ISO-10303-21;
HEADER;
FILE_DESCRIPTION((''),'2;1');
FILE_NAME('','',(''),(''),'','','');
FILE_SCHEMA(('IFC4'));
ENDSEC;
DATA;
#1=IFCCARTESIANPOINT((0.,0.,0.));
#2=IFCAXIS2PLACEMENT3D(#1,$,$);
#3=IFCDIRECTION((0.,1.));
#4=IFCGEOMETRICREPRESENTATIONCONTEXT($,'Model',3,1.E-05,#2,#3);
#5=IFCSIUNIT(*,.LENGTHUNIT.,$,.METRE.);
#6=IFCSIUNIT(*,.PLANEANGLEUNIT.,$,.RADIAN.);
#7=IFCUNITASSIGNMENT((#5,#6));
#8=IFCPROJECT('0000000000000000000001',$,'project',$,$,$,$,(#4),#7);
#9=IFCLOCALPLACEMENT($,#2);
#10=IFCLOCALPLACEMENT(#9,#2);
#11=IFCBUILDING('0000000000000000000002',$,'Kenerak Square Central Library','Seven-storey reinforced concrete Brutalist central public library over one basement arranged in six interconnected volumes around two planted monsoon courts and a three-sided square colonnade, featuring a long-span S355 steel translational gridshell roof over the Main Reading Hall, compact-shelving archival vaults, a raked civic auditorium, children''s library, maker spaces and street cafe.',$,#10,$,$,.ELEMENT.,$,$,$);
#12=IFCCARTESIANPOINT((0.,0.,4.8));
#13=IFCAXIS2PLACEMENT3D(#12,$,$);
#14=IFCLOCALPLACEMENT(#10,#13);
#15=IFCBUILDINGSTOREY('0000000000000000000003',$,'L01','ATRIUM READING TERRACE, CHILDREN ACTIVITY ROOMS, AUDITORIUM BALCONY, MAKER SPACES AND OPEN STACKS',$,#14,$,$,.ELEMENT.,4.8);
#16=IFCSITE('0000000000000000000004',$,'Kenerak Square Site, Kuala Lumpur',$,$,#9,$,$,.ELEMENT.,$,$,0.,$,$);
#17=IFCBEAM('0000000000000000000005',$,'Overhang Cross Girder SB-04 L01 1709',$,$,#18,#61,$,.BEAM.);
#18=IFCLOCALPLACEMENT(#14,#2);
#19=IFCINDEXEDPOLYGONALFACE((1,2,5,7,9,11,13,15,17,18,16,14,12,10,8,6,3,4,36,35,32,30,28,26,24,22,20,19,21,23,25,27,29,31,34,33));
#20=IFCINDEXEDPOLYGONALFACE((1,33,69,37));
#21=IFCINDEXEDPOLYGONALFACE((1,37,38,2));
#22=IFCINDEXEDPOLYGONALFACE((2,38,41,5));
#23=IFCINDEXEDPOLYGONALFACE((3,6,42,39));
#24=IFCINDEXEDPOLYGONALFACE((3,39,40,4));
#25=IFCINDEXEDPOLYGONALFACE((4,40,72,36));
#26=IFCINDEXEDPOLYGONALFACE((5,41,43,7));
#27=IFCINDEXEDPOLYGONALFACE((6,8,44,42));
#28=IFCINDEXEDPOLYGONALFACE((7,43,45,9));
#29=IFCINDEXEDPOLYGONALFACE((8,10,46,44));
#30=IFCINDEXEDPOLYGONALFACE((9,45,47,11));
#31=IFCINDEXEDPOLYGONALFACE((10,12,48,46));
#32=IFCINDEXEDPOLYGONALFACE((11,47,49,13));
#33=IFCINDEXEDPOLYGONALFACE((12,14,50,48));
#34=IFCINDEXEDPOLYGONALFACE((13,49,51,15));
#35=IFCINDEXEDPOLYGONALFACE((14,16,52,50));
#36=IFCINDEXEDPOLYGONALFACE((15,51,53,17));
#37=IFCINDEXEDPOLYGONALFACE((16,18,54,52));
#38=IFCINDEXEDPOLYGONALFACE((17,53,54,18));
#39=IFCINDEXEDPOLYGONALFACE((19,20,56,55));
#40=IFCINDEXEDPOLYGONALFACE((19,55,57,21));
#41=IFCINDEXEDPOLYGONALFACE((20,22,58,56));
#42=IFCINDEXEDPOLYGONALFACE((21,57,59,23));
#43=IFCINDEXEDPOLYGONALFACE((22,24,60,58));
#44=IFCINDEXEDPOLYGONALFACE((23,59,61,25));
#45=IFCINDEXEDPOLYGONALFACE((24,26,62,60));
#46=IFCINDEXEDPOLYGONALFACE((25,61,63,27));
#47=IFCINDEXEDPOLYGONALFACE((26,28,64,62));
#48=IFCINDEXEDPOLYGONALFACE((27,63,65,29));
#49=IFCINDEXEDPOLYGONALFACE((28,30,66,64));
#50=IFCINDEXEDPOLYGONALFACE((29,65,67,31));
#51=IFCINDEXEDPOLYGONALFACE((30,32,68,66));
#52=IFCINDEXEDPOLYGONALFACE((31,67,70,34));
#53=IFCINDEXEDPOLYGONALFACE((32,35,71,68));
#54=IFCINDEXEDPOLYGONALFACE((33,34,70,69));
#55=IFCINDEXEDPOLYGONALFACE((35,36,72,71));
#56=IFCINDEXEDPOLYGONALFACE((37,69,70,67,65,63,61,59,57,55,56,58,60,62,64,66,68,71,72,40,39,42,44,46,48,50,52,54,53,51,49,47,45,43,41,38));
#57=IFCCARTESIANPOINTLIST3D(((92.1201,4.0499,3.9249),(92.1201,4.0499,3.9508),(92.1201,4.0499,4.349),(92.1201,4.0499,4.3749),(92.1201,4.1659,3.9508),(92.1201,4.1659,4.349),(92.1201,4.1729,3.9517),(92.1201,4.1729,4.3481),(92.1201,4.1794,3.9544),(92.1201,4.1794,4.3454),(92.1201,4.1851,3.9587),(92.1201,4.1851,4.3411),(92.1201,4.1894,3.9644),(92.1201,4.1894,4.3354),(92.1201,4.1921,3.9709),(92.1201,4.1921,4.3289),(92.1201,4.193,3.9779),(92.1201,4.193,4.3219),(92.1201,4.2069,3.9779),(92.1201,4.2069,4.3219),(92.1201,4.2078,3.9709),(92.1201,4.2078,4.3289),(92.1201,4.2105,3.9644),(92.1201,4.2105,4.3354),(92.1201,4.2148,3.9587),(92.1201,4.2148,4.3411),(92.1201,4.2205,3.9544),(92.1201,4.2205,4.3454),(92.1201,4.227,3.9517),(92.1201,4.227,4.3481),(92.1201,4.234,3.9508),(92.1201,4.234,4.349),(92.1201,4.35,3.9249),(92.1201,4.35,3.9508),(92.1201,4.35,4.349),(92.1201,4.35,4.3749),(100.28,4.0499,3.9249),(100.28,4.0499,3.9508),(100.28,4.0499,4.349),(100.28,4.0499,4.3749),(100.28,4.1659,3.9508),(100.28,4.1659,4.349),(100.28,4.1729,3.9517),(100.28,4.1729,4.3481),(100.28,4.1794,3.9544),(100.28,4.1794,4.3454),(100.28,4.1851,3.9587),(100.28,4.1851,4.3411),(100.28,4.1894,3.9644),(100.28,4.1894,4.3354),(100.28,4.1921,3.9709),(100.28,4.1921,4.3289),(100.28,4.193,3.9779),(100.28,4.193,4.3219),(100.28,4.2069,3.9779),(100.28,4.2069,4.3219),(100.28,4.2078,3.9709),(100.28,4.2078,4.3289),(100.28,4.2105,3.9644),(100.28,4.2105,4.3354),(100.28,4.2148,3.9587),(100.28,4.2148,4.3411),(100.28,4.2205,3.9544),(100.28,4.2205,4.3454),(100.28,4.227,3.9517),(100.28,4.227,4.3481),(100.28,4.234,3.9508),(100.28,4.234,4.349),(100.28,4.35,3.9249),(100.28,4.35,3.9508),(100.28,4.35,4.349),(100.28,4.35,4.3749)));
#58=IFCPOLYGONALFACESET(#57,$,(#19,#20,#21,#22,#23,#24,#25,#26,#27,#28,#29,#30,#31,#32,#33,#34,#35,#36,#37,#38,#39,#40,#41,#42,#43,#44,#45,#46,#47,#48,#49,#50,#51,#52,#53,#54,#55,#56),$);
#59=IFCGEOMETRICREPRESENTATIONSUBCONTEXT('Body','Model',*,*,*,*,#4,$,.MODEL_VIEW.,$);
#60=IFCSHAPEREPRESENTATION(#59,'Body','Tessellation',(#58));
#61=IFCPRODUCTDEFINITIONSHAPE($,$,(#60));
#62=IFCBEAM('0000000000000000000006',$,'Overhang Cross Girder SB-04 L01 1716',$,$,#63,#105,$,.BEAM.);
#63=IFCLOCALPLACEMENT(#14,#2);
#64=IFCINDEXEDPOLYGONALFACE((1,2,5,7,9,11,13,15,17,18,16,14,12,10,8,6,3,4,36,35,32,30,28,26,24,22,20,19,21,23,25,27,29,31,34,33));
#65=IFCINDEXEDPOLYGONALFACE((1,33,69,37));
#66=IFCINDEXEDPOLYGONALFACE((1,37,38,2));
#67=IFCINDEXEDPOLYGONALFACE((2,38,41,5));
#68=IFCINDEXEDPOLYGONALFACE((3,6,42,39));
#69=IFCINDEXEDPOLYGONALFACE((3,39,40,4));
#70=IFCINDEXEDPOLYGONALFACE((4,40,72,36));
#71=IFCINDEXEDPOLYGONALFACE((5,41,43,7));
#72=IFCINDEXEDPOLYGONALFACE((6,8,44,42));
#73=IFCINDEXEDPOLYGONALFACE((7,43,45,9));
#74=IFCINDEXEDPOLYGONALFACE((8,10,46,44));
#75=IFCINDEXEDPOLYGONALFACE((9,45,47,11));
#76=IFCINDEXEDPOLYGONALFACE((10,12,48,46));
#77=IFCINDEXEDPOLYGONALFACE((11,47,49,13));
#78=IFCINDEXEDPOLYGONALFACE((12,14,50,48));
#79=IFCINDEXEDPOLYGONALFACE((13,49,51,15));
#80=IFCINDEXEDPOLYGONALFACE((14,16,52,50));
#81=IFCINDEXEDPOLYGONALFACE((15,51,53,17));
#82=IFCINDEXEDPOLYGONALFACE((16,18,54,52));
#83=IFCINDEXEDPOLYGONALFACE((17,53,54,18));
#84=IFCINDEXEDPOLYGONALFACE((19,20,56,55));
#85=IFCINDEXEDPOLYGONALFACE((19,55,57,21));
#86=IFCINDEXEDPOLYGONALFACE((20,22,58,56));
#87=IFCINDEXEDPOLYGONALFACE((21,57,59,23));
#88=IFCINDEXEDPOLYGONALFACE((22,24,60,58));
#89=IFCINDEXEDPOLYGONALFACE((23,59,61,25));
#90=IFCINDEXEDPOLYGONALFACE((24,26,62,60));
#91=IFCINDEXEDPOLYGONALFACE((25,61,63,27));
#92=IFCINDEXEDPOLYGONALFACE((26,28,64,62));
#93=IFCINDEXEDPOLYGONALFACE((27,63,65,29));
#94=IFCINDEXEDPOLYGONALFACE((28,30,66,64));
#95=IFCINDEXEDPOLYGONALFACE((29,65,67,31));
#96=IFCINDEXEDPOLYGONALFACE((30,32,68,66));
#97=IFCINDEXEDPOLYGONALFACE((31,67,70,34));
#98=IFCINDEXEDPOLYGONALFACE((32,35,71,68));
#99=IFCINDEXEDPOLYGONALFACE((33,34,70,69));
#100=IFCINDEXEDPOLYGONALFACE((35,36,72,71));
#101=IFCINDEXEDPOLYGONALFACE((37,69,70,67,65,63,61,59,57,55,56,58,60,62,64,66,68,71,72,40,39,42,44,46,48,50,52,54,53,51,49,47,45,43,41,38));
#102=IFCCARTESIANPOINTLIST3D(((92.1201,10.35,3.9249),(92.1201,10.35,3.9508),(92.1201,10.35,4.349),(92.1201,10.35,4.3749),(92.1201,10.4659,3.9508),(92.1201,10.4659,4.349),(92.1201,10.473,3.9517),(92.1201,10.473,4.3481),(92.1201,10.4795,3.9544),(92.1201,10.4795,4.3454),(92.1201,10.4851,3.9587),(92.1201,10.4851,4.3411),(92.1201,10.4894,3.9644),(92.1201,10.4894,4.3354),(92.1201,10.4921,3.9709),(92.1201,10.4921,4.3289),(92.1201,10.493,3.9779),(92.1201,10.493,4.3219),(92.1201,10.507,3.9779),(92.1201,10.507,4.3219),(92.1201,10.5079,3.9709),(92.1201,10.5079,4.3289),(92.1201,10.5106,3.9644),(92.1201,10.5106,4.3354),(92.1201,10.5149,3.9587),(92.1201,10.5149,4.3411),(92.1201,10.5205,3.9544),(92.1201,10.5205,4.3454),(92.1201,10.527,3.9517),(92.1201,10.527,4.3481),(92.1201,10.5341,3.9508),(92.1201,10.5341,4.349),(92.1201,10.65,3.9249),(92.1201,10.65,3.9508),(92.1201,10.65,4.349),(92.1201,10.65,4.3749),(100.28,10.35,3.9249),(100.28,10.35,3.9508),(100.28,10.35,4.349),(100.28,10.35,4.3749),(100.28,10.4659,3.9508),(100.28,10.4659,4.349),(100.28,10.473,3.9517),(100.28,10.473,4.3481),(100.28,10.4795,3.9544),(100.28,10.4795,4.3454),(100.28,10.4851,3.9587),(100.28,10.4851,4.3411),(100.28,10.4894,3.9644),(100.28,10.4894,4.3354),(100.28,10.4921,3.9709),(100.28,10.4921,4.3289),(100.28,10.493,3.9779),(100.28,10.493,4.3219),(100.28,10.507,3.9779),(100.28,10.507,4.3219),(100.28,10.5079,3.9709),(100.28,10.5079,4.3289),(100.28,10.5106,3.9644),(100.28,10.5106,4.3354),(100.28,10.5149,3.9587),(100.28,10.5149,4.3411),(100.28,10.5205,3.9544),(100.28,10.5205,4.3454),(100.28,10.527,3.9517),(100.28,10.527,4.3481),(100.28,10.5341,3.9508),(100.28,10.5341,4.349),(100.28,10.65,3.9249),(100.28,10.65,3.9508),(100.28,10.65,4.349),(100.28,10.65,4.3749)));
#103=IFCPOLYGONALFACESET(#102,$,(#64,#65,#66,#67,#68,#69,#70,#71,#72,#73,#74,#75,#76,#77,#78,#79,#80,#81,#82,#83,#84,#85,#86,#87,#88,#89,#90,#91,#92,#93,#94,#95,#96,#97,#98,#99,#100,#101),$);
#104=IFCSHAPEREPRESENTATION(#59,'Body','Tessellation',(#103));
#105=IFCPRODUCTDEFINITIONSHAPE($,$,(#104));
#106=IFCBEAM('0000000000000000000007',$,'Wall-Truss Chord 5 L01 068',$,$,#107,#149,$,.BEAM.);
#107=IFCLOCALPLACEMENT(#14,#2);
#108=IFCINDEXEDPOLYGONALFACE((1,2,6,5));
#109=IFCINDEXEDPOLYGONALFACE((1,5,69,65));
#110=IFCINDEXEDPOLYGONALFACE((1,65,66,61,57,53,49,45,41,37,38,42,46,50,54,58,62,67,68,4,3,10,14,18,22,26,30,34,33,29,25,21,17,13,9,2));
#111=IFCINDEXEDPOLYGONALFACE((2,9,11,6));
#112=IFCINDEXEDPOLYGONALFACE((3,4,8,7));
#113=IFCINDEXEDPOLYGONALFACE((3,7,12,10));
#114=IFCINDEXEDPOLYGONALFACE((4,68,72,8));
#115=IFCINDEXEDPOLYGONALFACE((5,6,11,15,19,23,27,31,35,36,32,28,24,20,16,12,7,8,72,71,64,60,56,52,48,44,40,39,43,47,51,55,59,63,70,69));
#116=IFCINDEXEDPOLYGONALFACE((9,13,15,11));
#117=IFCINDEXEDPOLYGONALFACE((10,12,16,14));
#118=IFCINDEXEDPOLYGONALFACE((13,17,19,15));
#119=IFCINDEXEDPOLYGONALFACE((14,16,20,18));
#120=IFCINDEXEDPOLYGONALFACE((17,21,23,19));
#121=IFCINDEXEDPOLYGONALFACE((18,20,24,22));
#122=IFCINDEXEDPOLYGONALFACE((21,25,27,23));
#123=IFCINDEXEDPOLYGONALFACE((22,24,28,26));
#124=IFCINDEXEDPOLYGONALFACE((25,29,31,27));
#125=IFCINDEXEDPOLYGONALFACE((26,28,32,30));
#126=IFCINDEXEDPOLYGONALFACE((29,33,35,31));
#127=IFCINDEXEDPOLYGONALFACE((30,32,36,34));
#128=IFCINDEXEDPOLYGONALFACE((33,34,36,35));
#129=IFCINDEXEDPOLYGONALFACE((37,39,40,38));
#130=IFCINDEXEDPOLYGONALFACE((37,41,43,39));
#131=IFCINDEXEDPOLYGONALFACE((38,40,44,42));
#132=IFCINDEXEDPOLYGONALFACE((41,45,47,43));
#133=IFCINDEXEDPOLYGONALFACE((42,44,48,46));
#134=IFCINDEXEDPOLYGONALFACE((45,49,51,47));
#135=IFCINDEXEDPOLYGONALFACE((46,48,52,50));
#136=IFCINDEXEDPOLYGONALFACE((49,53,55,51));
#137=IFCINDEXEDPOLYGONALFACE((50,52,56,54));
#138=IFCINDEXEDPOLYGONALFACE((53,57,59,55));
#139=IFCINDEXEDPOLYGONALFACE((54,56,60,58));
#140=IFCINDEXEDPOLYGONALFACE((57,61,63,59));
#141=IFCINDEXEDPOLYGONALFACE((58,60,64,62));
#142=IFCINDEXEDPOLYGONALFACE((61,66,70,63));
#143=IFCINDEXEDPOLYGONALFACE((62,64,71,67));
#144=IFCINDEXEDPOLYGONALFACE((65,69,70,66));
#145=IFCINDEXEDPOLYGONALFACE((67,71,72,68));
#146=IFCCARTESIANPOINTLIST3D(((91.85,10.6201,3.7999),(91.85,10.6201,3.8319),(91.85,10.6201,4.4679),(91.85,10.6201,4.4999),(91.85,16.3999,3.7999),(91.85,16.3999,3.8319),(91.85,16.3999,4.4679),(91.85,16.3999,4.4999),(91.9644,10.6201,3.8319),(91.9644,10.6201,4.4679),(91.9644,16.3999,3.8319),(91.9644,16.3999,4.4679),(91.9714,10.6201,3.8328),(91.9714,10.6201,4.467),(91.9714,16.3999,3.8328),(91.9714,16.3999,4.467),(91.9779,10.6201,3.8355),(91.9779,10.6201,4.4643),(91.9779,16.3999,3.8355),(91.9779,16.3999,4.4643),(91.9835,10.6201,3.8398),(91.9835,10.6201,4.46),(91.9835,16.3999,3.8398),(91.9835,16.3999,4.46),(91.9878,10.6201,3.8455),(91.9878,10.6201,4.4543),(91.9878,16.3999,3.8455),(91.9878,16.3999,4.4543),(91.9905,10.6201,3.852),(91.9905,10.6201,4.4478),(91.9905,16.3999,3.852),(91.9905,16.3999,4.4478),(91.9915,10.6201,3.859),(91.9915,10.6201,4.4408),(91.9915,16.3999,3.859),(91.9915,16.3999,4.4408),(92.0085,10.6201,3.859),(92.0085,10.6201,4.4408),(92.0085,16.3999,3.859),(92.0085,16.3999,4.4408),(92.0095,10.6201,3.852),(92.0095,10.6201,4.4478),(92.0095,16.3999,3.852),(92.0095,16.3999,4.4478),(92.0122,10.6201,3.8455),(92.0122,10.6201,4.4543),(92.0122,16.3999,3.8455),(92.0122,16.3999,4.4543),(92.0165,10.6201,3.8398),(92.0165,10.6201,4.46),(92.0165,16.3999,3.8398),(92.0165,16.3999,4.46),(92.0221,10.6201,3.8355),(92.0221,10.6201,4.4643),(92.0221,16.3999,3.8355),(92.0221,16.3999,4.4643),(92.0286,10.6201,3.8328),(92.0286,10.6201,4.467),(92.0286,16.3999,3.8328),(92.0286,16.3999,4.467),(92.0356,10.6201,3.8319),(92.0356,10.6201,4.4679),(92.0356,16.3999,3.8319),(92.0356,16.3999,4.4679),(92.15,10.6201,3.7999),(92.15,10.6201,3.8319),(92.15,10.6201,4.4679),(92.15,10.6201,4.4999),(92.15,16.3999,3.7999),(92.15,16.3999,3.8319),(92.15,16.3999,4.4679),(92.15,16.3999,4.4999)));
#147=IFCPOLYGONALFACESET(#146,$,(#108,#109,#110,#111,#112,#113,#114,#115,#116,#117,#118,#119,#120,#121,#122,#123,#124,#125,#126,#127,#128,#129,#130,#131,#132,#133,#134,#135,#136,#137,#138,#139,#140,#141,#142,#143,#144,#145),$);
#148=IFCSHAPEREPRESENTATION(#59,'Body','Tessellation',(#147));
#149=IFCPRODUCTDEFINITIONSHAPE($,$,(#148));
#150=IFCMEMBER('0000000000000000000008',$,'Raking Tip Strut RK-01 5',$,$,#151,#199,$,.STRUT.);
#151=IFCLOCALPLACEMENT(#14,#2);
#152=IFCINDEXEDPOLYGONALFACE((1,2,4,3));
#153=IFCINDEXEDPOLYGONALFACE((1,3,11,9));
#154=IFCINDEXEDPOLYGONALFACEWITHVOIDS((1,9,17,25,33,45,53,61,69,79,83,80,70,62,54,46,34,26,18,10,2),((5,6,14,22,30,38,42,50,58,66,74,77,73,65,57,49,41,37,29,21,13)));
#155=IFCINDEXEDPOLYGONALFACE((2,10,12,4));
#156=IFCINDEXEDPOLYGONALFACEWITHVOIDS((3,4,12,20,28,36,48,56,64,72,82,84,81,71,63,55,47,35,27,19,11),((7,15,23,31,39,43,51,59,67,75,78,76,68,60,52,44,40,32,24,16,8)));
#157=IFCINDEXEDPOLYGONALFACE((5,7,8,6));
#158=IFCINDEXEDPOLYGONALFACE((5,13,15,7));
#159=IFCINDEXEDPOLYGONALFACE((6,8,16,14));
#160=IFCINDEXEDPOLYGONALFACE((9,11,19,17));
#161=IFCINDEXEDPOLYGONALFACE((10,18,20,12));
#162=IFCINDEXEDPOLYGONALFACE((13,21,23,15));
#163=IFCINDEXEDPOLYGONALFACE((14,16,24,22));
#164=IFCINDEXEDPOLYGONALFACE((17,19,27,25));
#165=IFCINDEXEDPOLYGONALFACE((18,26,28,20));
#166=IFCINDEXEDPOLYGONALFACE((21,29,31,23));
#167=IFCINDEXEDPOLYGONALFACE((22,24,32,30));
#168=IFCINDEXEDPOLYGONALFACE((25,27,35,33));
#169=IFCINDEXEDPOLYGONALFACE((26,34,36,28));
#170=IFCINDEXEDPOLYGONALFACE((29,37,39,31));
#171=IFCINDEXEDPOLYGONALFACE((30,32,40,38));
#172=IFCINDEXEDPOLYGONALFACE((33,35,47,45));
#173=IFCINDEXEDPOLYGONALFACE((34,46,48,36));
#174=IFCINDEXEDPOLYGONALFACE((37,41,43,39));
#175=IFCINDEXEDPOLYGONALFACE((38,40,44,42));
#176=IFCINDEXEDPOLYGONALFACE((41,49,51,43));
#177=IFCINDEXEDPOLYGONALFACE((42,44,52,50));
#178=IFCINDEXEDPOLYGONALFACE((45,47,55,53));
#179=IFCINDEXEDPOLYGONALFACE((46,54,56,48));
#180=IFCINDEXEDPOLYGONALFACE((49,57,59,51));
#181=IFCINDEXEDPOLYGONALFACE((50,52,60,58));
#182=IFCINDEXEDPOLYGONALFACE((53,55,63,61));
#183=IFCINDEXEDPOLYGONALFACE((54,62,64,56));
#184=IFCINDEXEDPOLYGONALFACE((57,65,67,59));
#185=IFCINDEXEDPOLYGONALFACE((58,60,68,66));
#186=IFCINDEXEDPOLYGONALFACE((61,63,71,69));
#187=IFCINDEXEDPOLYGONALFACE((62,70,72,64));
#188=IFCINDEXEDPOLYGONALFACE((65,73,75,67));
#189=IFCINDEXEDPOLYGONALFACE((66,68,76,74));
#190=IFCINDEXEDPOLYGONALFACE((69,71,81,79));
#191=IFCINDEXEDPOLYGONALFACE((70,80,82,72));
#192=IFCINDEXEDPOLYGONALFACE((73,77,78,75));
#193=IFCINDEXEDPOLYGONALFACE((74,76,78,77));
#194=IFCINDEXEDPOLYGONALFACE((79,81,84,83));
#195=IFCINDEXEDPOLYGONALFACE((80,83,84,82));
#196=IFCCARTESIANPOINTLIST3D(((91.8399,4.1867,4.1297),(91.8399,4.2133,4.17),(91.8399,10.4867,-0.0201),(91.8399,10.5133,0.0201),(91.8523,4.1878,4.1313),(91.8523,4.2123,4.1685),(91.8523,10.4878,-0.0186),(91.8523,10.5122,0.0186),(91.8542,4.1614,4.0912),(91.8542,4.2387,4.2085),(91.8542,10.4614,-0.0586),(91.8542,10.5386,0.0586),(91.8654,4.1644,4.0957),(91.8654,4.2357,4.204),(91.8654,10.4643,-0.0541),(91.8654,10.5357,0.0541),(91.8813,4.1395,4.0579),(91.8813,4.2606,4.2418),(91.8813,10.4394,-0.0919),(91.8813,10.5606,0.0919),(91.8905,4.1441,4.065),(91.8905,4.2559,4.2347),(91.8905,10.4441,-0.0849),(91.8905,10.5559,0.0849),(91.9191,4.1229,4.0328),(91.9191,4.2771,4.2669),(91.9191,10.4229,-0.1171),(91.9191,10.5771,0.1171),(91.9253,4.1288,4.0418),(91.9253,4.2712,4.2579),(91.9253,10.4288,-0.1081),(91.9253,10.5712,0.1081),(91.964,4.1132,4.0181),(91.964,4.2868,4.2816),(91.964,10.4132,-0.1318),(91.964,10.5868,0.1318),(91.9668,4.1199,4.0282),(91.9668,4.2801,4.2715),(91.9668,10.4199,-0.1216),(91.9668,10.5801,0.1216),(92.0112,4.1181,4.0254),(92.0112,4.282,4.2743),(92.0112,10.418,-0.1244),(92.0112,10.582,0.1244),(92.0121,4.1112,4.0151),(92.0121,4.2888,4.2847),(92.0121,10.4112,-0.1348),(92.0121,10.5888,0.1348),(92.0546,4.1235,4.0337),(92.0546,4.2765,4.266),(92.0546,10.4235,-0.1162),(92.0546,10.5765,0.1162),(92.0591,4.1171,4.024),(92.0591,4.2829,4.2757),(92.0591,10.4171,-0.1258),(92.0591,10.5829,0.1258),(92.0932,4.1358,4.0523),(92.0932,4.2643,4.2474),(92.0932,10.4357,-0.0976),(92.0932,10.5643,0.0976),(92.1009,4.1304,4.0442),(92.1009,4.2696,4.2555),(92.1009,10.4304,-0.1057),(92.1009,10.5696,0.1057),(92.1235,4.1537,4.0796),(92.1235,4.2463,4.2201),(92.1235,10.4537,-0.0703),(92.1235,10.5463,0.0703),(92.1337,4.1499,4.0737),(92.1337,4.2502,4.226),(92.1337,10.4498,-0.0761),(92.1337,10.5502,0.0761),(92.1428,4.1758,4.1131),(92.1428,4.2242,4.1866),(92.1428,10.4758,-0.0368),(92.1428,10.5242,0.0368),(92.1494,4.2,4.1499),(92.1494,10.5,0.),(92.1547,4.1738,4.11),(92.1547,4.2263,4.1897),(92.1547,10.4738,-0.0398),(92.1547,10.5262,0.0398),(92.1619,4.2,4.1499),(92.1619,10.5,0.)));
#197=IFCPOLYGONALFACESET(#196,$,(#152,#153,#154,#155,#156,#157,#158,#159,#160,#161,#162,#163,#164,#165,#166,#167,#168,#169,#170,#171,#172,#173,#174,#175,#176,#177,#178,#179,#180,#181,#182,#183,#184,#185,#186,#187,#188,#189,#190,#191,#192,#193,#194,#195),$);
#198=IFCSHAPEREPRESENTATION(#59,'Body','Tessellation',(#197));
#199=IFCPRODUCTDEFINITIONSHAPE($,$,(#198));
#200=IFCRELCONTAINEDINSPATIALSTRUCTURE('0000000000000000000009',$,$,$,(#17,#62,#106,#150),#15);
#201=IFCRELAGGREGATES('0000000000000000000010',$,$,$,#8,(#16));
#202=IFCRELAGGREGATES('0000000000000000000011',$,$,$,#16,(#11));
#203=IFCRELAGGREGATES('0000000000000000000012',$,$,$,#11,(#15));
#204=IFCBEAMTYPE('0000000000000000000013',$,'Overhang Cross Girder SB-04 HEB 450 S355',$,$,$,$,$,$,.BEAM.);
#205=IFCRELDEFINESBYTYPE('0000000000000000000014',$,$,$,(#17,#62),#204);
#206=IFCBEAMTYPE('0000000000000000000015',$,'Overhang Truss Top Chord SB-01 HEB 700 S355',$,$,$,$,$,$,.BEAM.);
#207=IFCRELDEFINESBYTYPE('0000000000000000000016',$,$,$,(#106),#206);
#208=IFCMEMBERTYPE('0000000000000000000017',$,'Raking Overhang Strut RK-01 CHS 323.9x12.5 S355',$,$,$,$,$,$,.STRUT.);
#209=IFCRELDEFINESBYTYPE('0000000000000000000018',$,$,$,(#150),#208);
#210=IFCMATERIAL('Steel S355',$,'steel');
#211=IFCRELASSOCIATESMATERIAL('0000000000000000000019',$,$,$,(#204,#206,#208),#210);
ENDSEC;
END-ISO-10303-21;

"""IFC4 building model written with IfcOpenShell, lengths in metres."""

from ifc_helpers import new_model, si_unit, direction, frame, origin, origin_2d, place, context, subcontext, project, spatial, hollow_circle, i_section, extrude, material, material_profile, profile_set, type_object, element, save


model = new_model("IFC4")

# Units and contexts
model_context = context("Model", 3, precision=1e-05, world=origin(), true_north=direction((0.0, 1.0)))
body_context = subcontext(model_context, "Body", "Model", "MODEL_VIEW")
ifc_project = project(units=[si_unit("LENGTHUNIT", "METRE"), si_unit("PLANEANGLEUNIT", "RADIAN")], contexts=[model_context])

# Site, building, storey
site_placement = place(None, origin())
site = spatial("IfcSite", under=ifc_project, at=site_placement, Name="Kenerak Square Site, Kuala Lumpur", CompositionType="ELEMENT", RefElevation=0.0)
building_placement = place(site_placement, origin())
building = spatial("IfcBuilding", under=site, at=building_placement, Name="Kenerak Square Central Library", Description="Seven-storey reinforced concrete Brutalist central public library over one basement arranged in six interconnected volumes around two planted monsoon courts and a three-sided square colonnade, featuring a long-span S355 steel translational gridshell roof over the Main Reading Hall, compact-shelving archival vaults, a raked civic auditorium, children's library, maker spaces and street cafe.", CompositionType="ELEMENT")
storey_placement = place(building_placement, frame((0.0, 0.0, 4.8)))
storey = spatial("IfcBuildingStorey", under=building, at=storey_placement, Name="L01", Description="ATRIUM READING TERRACE, CHILDREN ACTIVITY ROOMS, AUDITORIUM BALCONY, MAKER SPACES AND OPEN STACKS", CompositionType="ELEMENT", Elevation=4.8)

# Beams
ifc_material_1 = material(Name="Steel S355", Category="steel")
ifc_material_profile_1 = material_profile(ifc_material_1, i_section(OverallWidth=0.3, OverallDepth=0.45, WebThickness=0.0139, FlangeThickness=0.0259, FilletRadius=0.0271, at=origin_2d()), Name="HEB 450")
ifc_profile_set_1 = profile_set([ifc_material_profile_1], Name="Steel S355")
beam_type_1 = type_object("IfcBeamType", Name="Overhang Cross Girder SB-04 HEB 450 S355", PredefinedType="BEAM", material=ifc_profile_set_1)
for number, where, z_axis, x_axis, name in (
    (1, (92.1201, 4.2, 4.1499), (1.0, 0.0, 0.0), (0.0, 1.0, 0.0), "Overhang Cross Girder SB-04 L01 1709"),
    (2, (92.1201, 10.5, 4.1499), (1.0, 0.0, 0.0), (0.0, 1.0, 0.0), "Overhang Cross Girder SB-04 L01 1716"),
):
    element("IfcBeam", number, at=place(storey_placement, frame(where, z_axis=z_axis, x_axis=x_axis)), inside=storey, type_object=beam_type_1, Name=name, PredefinedType="BEAM", context=body_context, shape_type="SweptSolid", body=[
        extrude(i_section(OverallWidth=0.3, OverallDepth=0.45, WebThickness=0.0139, FlangeThickness=0.0259, FilletRadius=0.0271, at=origin_2d()), origin(), (0.0, 0.0, 1.0), 8.1599),
    ])
ifc_material_profile_2 = material_profile(ifc_material_1, i_section(OverallWidth=0.3, OverallDepth=0.7, WebThickness=0.0171, FlangeThickness=0.032, FilletRadius=0.0271, at=origin_2d()), Name="HEB 700")
ifc_profile_set_2 = profile_set([ifc_material_profile_2], Name="Steel S355")
beam_type_2 = type_object("IfcBeamType", Name="Overhang Truss Top Chord SB-01 HEB 700 S355", PredefinedType="BEAM", material=ifc_profile_set_2)
beam_placement = place(storey_placement, frame((92.0, 10.6201, 4.1499), z_axis=(0.0, 1.0, 0.0), x_axis=(-1.0, 0.0, 0.0)))
element("IfcBeam", 3, at=beam_placement, inside=storey, type_object=beam_type_2, Name="Wall-Truss Chord 5 L01 068", PredefinedType="BEAM", context=body_context, shape_type="SweptSolid", body=[
    extrude(i_section(OverallWidth=0.3, OverallDepth=0.7, WebThickness=0.0171, FlangeThickness=0.032, FilletRadius=0.0271, at=origin_2d()), origin(), (0.0, 0.0, 1.0), 5.7798),
])

# Member
ifc_material_profile_3 = material_profile(ifc_material_1, hollow_circle(Radius=0.1619, WallThickness=0.0125, at=origin_2d()), Name="CHS 323.9x12.5")
ifc_profile_set_3 = profile_set([ifc_material_profile_3], Name="Steel S355")
member_type_1 = type_object("IfcMemberType", Name="Raking Overhang Strut RK-01 CHS 323.9x12.5 S355", PredefinedType="STRUT", material=ifc_profile_set_3)
member_1_placement = place(storey_placement, frame((92.0, 10.5, 0.0), z_axis=(0.0, -0.835105, 0.550091), x_axis=(1.0, 0.0, 0.0)))
element("IfcMember", 4, at=member_1_placement, inside=storey, type_object=member_type_1, Name="Raking Tip Strut RK-01 5", PredefinedType="STRUT", context=body_context, shape_type="SweptSolid", body=[
    extrude(hollow_circle(Radius=0.1619, WallThickness=0.0125, at=origin_2d()), origin(), (0.0, 0.0, 1.0), 7.5439),
])

save(model, "model.ifc")
